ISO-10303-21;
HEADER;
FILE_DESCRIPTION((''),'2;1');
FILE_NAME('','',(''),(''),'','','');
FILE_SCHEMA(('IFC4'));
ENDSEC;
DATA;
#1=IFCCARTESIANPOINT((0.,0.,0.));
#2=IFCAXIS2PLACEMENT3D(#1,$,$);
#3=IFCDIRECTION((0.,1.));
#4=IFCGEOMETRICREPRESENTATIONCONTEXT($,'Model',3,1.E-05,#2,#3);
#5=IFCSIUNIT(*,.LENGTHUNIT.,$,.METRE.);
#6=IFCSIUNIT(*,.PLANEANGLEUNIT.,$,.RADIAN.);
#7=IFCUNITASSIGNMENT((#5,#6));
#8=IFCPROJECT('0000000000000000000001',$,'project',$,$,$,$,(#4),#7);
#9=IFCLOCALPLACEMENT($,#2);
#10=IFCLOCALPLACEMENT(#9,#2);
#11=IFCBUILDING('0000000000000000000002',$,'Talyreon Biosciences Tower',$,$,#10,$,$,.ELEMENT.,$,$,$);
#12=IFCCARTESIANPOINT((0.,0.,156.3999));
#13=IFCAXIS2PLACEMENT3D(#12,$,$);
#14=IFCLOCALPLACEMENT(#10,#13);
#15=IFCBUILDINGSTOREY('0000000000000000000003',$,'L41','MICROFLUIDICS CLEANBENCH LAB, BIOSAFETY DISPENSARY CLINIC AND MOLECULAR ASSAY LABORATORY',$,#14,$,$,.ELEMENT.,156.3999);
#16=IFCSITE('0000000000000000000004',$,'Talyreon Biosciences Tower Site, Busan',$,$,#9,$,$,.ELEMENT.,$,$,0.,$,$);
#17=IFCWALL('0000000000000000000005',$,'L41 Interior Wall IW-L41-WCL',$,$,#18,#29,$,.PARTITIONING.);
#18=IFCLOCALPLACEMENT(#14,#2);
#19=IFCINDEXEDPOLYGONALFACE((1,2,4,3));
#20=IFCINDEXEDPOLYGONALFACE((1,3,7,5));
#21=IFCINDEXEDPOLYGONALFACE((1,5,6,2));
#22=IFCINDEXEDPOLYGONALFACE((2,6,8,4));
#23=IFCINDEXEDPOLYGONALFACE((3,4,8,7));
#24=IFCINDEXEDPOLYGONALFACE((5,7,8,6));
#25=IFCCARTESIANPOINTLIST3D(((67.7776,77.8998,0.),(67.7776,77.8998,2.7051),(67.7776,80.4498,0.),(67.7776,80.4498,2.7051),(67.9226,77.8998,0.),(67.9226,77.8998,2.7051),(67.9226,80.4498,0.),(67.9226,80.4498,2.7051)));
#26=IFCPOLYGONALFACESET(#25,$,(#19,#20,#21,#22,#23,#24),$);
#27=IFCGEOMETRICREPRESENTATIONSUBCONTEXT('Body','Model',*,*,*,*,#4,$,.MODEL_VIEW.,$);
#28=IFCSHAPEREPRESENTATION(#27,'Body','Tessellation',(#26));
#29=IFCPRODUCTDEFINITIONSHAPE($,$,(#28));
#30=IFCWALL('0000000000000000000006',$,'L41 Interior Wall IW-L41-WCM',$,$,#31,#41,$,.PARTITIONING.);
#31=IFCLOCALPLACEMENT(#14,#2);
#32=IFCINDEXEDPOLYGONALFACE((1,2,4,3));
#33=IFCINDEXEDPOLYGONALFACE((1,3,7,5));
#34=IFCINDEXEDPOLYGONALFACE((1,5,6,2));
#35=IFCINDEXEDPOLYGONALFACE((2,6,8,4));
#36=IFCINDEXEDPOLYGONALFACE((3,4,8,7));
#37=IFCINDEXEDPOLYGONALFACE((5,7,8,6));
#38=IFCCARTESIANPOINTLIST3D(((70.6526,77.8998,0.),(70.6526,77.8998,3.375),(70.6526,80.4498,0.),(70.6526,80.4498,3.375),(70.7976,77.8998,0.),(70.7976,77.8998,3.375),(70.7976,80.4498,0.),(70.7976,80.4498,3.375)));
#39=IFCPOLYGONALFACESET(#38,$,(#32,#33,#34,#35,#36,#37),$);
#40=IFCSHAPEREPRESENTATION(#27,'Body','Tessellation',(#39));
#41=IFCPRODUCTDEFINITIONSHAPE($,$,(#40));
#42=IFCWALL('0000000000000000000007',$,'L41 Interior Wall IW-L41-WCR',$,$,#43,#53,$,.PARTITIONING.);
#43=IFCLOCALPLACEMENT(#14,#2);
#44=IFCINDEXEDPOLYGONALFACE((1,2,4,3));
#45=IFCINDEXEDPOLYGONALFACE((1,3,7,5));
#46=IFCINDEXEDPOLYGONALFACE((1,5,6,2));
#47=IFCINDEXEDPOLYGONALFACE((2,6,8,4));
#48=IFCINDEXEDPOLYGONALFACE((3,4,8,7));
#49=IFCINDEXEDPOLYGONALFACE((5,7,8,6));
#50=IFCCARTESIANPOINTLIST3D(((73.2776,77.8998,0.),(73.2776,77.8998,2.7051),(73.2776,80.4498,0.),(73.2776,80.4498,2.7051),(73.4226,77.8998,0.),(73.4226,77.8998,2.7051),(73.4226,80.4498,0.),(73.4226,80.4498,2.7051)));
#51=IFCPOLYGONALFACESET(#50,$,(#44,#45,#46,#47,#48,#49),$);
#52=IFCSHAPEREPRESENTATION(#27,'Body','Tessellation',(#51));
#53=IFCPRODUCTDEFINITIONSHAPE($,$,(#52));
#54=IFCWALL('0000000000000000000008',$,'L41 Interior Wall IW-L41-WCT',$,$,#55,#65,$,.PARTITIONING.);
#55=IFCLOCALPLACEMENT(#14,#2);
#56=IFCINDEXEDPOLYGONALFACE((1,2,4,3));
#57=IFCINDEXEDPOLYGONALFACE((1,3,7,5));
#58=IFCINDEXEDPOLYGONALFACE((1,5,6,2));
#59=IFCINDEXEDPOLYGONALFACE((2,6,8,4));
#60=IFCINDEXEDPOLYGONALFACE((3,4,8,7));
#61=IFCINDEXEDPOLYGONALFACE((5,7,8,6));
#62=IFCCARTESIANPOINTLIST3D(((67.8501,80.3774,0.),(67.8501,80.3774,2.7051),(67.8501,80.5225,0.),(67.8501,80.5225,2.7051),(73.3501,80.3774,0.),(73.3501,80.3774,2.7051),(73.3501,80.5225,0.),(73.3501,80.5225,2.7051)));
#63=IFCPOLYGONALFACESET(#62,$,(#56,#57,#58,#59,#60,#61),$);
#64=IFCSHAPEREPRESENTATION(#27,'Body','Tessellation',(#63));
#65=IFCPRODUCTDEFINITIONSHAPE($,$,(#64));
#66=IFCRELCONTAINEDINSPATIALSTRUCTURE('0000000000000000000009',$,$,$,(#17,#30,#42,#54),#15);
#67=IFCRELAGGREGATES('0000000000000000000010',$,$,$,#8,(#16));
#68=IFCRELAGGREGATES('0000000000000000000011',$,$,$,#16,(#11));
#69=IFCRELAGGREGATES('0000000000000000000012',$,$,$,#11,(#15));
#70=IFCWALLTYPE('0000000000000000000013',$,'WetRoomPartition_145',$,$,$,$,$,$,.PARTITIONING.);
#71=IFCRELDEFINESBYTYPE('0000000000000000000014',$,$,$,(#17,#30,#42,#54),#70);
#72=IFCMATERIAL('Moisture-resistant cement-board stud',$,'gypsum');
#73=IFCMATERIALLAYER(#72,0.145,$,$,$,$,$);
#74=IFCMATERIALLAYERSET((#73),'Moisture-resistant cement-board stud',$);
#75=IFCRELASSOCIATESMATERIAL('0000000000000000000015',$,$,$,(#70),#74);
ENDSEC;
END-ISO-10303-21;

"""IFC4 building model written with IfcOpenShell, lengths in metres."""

from ifc_helpers import new_model, si_unit, direction, frame, frame_2d, origin, place, context, subcontext, project, spatial, rectangle, extrude, material, layer, layer_set, type_object, element, save


model = new_model("IFC4")

# Units and contexts
model_context = context("Model", 3, precision=1e-05, world=origin(), true_north=direction((0.0, 1.0)))
body_context = subcontext(model_context, "Body", "Model", "MODEL_VIEW")
ifc_project = project(units=[si_unit("LENGTHUNIT", "METRE"), si_unit("PLANEANGLEUNIT", "RADIAN")], contexts=[model_context])

# Site, building, storey
site_placement = place(None, origin())
site = spatial("IfcSite", under=ifc_project, at=site_placement, Name="Talyreon Biosciences Tower Site, Busan", CompositionType="ELEMENT", RefElevation=0.0)
building_placement = place(site_placement, origin())
building = spatial("IfcBuilding", under=site, at=building_placement, Name="Talyreon Biosciences Tower", CompositionType="ELEMENT")
storey_placement = place(building_placement, frame((0.0, 0.0, 156.3999)))
storey = spatial("IfcBuildingStorey", under=building, at=storey_placement, Name="L41", Description="MICROFLUIDICS CLEANBENCH LAB, BIOSAFETY DISPENSARY CLINIC AND MOLECULAR ASSAY LABORATORY", CompositionType="ELEMENT", Elevation=156.3999)

# Walls
ifc_material_1 = material(Name="Moisture-resistant cement-board stud", Category="gypsum")
ifc_layer_1 = layer(ifc_material_1, 0.145)
ifc_layer_set_1 = layer_set([ifc_layer_1], Name="Moisture-resistant cement-board stud")
wall_type_1 = type_object("IfcWallType", Name="WetRoomPartition_145", PredefinedType="PARTITIONING", material=ifc_layer_set_1)
wall_1_placement = place(storey_placement, frame((67.8501, 77.8999, 0.0), z_axis=(0.0, 0.0, 1.0), x_axis=(0.0, 1.0, 0.0)))
element("IfcWall", 1, at=wall_1_placement, inside=storey, type_object=wall_type_1, Name="L41 Interior Wall IW-L41-WCL", PredefinedType="PARTITIONING", context=body_context, shape_type="SweptSolid", body=[
    extrude(rectangle(XDim=2.55, YDim=0.145, at=frame_2d((1.2749, 0.0))), origin(), (0.0, 0.0, 1.0), 2.7051),
])
wall_2_placement = place(storey_placement, frame((70.7251, 77.8999, 0.0), z_axis=(0.0, 0.0, 1.0), x_axis=(0.0, 1.0, 0.0)))
element("IfcWall", 2, at=wall_2_placement, inside=storey, type_object=wall_type_1, Name="L41 Interior Wall IW-L41-WCM", PredefinedType="PARTITIONING", context=body_context, shape_type="SweptSolid", body=[
    extrude(rectangle(XDim=2.55, YDim=0.145, at=frame_2d((1.2749, 0.0))), origin(), (0.0, 0.0, 1.0), 3.375),
])
wall_3_placement = place(storey_placement, frame((73.3501, 77.8999, 0.0), z_axis=(0.0, 0.0, 1.0), x_axis=(0.0, 1.0, 0.0)))
element("IfcWall", 3, at=wall_3_placement, inside=storey, type_object=wall_type_1, Name="L41 Interior Wall IW-L41-WCR", PredefinedType="PARTITIONING", context=body_context, shape_type="SweptSolid", body=[
    extrude(rectangle(XDim=2.55, YDim=0.145, at=frame_2d((1.2749, 0.0))), origin(), (0.0, 0.0, 1.0), 2.7051),
])
wall_4_placement = place(storey_placement, frame((67.8501, 80.45, 0.0), z_axis=(0.0, 0.0, 1.0), x_axis=(1.0, 0.0, 0.0)))
element("IfcWall", 4, at=wall_4_placement, inside=storey, type_object=wall_type_1, Name="L41 Interior Wall IW-L41-WCT", PredefinedType="PARTITIONING", context=body_context, shape_type="SweptSolid", body=[
    extrude(rectangle(XDim=5.5, YDim=0.145, at=frame_2d((2.75, 0.0))), origin(), (0.0, 0.0, 1.0), 2.7051),
])

save(model, "model.ifc")
